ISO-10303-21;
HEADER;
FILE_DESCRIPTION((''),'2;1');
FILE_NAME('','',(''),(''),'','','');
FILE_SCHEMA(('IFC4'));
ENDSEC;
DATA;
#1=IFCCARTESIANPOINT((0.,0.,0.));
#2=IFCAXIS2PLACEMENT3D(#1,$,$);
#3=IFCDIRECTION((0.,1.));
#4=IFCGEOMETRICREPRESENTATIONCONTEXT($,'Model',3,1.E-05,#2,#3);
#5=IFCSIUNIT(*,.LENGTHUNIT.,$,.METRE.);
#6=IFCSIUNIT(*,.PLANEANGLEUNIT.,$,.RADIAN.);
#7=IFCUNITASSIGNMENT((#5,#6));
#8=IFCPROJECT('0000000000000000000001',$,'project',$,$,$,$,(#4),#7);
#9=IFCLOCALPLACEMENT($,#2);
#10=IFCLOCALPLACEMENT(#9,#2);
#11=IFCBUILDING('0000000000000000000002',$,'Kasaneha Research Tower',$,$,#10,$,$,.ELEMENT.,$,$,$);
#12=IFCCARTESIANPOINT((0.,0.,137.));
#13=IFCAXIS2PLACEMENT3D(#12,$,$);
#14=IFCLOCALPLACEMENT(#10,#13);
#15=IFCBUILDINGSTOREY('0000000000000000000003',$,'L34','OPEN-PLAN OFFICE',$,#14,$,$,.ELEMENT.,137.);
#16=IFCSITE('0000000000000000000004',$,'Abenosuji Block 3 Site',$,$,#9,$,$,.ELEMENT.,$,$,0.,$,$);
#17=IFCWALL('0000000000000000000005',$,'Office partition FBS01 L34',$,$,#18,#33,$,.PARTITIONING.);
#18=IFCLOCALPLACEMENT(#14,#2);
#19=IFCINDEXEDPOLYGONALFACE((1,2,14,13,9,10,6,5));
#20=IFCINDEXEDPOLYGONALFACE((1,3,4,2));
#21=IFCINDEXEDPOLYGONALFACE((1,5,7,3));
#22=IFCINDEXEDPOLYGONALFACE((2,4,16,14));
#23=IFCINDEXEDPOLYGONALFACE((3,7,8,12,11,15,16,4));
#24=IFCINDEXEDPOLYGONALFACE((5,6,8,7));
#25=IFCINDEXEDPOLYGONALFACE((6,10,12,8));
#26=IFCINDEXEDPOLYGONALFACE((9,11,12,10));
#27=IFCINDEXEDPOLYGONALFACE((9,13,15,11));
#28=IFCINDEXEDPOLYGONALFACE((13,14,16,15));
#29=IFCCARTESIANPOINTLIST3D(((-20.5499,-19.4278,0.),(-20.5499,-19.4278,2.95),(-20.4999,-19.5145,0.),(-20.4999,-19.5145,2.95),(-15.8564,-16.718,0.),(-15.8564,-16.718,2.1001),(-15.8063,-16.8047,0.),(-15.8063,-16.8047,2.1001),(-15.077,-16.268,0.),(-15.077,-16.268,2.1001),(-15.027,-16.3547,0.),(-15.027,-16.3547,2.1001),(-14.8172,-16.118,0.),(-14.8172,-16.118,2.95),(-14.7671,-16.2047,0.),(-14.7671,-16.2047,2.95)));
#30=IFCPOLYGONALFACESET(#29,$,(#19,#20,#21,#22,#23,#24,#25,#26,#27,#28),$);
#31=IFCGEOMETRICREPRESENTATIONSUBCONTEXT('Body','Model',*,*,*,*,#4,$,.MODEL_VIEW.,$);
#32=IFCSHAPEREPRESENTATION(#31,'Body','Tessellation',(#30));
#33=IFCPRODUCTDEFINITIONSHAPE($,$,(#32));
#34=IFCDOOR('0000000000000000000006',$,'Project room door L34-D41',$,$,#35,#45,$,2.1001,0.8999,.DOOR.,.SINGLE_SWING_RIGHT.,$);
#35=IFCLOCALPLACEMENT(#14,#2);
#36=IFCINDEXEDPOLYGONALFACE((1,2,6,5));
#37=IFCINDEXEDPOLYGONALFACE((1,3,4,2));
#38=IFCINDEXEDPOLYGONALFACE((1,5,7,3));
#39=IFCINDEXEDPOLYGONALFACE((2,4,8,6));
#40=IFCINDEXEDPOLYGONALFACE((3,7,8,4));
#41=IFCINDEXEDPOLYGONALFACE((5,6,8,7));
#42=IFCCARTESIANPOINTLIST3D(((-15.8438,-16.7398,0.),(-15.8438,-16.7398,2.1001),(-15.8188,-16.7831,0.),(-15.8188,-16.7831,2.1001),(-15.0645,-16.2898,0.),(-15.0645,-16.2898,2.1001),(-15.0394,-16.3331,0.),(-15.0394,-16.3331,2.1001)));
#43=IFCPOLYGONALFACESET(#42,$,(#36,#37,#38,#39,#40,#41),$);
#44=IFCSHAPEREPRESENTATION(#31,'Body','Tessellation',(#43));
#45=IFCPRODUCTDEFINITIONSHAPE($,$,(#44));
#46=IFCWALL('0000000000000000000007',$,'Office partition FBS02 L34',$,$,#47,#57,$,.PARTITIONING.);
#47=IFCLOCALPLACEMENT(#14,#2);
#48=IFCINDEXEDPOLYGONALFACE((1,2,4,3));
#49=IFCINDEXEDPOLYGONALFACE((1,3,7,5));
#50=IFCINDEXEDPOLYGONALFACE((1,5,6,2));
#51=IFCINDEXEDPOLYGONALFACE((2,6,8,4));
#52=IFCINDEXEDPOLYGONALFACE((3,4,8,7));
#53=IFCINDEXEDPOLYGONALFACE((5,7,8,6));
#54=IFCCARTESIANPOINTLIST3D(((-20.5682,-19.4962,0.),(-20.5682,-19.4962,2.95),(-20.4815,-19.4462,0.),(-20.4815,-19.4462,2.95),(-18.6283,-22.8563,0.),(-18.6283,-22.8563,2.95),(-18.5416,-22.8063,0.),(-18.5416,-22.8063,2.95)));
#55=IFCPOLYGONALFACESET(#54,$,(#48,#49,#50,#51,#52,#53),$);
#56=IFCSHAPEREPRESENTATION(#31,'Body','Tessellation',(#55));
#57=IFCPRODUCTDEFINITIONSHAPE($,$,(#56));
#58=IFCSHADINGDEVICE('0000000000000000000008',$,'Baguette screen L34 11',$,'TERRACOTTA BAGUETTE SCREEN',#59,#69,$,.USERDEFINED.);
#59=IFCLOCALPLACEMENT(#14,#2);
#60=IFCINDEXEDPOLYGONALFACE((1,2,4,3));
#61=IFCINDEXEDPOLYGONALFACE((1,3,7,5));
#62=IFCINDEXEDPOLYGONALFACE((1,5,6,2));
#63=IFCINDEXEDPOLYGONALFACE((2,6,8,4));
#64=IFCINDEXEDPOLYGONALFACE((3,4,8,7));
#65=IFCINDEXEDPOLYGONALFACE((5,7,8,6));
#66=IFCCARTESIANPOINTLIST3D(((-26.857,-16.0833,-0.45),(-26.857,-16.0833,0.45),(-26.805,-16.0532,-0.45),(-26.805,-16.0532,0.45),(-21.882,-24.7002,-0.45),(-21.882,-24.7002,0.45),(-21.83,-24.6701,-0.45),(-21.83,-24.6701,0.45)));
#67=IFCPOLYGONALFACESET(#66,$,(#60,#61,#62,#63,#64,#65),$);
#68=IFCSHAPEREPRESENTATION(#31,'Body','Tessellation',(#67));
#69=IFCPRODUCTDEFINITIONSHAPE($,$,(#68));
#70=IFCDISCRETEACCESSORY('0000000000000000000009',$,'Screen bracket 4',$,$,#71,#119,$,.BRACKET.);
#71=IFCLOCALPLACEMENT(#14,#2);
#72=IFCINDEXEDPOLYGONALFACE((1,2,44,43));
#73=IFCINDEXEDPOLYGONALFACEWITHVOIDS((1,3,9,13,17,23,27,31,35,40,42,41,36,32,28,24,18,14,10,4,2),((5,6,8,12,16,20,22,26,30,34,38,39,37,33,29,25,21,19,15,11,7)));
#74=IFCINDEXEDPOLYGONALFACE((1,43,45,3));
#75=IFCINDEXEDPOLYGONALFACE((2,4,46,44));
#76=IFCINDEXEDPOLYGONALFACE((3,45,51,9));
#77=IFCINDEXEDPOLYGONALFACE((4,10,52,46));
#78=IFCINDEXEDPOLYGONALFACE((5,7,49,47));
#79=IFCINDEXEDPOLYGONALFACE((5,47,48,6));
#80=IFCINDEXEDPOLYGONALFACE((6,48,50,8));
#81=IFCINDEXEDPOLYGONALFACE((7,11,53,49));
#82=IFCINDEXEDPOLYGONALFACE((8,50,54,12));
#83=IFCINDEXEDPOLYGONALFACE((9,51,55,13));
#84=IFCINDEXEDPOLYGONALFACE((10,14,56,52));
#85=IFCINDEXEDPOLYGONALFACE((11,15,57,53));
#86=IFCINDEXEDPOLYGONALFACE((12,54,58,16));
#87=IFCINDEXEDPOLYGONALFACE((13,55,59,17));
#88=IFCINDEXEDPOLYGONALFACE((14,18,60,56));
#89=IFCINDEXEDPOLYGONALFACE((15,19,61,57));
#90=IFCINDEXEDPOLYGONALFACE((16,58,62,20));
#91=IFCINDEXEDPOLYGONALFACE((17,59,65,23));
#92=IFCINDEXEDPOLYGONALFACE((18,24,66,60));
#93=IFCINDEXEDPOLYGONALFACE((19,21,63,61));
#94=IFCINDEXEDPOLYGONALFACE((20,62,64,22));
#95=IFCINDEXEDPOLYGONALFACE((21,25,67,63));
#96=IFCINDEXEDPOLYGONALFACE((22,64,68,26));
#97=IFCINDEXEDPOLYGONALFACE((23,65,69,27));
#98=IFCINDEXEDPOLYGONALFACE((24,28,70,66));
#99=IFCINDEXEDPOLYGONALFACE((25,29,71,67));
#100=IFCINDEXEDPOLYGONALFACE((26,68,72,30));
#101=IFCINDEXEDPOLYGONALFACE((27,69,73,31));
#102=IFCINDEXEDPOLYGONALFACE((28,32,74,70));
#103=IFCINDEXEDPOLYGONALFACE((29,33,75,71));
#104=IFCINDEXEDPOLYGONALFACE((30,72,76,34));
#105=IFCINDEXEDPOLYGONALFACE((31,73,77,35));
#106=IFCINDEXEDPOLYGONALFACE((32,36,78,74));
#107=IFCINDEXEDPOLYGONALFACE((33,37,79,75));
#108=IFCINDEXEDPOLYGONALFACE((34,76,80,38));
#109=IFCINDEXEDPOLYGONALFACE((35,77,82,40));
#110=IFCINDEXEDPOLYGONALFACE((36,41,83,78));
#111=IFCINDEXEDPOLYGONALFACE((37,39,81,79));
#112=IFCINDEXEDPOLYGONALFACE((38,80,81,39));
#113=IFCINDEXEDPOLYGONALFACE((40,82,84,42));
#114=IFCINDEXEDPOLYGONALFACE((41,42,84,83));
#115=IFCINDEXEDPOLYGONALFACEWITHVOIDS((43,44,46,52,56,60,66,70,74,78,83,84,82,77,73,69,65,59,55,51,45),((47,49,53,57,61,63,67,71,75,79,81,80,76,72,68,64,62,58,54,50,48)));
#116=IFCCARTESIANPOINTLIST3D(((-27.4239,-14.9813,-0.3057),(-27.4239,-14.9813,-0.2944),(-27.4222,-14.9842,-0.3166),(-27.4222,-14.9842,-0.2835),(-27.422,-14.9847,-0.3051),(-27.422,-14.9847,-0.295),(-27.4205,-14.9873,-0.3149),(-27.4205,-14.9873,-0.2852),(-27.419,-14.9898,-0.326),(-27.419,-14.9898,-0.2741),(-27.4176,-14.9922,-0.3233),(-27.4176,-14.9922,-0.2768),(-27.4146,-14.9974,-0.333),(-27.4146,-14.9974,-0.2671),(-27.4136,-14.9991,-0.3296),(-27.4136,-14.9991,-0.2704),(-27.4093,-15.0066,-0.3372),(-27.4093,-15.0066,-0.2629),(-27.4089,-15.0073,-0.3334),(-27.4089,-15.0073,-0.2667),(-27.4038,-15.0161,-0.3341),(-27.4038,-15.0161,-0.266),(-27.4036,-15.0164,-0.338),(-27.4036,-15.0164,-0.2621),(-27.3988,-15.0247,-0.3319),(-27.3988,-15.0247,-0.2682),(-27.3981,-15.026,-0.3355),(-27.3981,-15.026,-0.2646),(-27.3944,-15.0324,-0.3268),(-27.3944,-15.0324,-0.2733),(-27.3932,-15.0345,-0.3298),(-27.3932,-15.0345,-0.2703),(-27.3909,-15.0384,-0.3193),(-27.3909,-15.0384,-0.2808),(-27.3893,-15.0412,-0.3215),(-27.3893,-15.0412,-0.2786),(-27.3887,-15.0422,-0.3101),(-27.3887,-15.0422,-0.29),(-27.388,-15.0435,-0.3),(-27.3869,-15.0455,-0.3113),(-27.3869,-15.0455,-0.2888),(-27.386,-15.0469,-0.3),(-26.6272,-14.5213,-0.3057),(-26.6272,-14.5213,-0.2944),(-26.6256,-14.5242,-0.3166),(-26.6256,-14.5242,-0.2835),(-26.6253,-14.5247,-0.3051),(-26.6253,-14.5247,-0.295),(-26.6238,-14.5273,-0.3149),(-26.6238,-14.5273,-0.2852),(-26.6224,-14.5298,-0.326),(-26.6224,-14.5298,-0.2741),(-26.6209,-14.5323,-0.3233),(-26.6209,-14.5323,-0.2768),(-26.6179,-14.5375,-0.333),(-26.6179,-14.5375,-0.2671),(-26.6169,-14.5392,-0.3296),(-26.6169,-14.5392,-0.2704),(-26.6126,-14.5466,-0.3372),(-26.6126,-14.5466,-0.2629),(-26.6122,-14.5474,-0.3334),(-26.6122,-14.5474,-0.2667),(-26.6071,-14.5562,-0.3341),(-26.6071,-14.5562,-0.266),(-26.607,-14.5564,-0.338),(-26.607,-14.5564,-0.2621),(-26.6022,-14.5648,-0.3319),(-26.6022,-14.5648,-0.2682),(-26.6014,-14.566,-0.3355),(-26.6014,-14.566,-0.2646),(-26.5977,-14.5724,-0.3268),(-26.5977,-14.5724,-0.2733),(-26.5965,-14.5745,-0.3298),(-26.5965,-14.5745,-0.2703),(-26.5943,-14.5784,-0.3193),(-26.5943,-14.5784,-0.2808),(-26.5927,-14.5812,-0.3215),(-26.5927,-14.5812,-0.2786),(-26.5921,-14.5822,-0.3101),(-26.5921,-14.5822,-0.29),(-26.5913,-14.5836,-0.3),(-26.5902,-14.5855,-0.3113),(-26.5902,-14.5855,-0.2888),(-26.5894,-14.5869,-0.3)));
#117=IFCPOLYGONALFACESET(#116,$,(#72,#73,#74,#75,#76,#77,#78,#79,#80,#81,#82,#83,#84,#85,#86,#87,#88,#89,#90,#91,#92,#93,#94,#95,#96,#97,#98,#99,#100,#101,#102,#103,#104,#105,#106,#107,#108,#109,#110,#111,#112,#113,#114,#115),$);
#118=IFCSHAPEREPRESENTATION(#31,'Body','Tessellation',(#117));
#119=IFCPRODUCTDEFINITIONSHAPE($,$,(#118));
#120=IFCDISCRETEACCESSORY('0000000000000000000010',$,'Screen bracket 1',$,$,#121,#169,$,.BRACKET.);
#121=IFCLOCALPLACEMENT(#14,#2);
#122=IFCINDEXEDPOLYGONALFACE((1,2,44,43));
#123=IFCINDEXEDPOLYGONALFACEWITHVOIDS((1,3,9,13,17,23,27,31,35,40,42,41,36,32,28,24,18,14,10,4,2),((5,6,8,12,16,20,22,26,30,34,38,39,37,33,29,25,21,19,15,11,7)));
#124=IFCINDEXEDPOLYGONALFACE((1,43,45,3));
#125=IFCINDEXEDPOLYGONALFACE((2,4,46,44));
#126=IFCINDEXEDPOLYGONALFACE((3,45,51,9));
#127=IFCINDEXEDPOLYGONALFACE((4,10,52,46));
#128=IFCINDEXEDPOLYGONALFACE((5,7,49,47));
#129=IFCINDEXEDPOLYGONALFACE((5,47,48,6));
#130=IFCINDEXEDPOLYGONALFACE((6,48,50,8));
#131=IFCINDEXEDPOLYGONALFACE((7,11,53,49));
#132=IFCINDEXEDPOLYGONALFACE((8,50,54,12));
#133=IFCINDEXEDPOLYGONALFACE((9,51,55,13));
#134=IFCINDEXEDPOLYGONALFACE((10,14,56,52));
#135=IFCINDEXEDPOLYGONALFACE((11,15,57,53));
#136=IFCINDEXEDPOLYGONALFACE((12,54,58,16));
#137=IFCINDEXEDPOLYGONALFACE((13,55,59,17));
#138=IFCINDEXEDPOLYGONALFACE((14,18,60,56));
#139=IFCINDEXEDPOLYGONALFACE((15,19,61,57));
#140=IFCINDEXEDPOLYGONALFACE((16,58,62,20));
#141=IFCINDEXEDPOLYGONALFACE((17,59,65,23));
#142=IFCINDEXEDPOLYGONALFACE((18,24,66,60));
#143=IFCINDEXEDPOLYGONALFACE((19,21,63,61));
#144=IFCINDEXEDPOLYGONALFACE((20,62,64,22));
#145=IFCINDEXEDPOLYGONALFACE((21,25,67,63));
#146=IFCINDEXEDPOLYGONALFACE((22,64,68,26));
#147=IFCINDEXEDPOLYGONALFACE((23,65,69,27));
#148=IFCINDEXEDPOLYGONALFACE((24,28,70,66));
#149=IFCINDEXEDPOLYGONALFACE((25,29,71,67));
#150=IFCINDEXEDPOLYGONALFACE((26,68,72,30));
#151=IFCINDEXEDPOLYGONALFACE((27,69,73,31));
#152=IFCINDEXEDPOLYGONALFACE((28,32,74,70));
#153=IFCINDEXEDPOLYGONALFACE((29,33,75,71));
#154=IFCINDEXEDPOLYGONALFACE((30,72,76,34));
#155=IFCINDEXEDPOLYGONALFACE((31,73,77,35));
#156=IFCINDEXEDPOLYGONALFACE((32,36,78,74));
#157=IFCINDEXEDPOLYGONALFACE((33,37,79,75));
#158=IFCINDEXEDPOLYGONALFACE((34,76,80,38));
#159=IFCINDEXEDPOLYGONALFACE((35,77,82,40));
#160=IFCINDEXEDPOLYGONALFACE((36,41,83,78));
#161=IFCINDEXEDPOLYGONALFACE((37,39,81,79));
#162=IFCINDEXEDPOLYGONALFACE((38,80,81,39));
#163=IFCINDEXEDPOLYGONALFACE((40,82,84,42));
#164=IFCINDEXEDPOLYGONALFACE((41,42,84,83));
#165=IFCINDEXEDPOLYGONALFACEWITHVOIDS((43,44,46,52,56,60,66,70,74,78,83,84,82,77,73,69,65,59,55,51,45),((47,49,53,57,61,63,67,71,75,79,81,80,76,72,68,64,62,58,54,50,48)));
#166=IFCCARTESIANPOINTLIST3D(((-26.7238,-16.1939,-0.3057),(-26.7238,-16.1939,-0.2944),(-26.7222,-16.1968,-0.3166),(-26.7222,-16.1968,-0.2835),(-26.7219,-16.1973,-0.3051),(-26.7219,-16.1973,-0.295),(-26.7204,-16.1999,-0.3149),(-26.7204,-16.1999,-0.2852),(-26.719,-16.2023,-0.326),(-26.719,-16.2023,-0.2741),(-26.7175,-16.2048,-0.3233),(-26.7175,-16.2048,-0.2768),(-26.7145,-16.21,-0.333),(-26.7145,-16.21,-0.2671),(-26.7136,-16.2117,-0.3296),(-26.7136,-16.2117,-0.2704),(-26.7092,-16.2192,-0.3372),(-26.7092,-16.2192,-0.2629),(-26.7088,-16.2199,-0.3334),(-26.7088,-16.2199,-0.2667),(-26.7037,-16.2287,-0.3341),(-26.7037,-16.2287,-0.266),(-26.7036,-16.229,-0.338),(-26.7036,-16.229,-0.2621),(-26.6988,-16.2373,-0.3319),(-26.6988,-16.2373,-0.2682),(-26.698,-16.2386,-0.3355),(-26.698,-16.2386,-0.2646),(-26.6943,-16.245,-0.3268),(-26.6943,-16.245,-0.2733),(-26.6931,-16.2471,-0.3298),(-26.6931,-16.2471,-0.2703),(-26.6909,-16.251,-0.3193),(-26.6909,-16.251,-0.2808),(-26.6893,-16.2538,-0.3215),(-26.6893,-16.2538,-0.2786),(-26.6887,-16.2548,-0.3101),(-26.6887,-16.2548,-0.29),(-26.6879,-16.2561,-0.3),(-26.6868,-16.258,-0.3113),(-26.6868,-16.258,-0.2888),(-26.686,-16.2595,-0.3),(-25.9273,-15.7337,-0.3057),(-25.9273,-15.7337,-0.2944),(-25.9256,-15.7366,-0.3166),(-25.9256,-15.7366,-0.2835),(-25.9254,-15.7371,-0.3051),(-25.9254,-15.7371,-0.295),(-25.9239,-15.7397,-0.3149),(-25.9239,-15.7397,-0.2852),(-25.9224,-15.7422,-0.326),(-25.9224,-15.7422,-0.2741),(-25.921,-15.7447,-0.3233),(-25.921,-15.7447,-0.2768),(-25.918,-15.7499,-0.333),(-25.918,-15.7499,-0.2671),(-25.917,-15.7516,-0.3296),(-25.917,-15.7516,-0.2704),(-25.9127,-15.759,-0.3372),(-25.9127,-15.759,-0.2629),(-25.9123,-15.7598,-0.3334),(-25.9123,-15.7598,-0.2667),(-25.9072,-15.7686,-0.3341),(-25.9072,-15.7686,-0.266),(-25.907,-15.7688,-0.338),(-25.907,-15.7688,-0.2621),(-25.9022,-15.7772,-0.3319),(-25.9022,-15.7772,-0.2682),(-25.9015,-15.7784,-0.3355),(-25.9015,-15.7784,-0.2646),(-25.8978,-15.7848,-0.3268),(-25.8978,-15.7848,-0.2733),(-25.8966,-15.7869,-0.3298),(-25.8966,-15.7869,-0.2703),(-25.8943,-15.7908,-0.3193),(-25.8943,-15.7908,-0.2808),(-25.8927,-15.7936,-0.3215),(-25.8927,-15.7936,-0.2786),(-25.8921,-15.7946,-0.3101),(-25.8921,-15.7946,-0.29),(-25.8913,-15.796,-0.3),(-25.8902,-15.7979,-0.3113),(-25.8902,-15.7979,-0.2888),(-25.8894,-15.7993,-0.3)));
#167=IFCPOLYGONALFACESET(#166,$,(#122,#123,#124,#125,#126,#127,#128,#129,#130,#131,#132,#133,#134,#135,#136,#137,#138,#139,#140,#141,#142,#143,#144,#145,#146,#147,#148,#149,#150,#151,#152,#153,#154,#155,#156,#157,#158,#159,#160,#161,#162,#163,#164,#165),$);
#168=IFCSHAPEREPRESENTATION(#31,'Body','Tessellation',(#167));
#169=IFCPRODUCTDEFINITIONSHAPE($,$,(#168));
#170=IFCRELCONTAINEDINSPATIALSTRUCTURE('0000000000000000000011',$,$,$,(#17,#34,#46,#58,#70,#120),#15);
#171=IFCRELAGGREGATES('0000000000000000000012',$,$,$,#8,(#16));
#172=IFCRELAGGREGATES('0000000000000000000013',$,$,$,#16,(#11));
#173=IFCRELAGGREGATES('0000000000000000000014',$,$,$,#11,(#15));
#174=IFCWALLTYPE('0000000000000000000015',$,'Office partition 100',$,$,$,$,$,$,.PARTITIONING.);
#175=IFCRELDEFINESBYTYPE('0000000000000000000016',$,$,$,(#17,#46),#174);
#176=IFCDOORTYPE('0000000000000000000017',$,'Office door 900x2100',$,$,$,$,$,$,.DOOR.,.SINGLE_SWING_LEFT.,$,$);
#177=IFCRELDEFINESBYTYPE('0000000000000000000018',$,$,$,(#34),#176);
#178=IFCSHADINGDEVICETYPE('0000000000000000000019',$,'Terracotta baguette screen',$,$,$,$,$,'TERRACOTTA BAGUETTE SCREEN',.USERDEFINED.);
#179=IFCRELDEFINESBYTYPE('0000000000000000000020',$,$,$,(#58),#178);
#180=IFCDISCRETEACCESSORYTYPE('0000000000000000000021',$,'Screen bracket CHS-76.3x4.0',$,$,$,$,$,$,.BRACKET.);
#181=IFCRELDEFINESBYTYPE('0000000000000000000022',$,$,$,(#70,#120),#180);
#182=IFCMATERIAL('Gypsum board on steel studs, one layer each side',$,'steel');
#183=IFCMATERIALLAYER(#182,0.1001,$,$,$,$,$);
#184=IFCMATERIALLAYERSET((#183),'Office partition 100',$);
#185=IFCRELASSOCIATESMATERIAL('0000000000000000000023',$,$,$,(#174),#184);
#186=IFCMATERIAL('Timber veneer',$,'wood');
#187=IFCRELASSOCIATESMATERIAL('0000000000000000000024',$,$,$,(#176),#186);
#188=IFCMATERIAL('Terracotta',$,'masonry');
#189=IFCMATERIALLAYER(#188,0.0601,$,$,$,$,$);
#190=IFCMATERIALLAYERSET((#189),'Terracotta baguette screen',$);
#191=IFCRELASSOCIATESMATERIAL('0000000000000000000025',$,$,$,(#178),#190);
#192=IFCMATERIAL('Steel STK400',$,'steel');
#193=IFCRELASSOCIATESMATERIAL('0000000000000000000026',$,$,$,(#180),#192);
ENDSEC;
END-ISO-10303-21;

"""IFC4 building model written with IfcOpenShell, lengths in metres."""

from ifc_helpers import new_model, si_unit, direction, frame, frame_2d, origin, origin_2d, place, context, subcontext, project, spatial, rectangle, hollow_circle, extrude, material, layer, layer_set, material_profile, profile_set, type_object, element, fill, save


model = new_model("IFC4")

# Units and contexts
model_context = context("Model", 3, precision=1e-05, world=origin(), true_north=direction((0.0, 1.0)))
body_context = subcontext(model_context, "Body", "Model", "MODEL_VIEW")
ifc_project = project(units=[si_unit("LENGTHUNIT", "METRE"), si_unit("PLANEANGLEUNIT", "RADIAN")], contexts=[model_context])

# Site, building, storey
site_placement = place(None, origin())
site = spatial("IfcSite", under=ifc_project, at=site_placement, Name="Abenosuji Block 3 Site", CompositionType="ELEMENT", RefElevation=0.0)
building_placement = place(site_placement, origin())
building = spatial("IfcBuilding", under=site, at=building_placement, Name="Kasaneha Research Tower", CompositionType="ELEMENT")
storey_placement = place(building_placement, frame((0.0, 0.0, 137.0)))
storey = spatial("IfcBuildingStorey", under=building, at=storey_placement, Name="L34", Description="OPEN-PLAN OFFICE", CompositionType="ELEMENT", Elevation=137.0)

# Wall, opening, door
ifc_material_1 = material(Name="Gypsum board on steel studs, one layer each side", Category="steel")
ifc_layer_1 = layer(ifc_material_1, 0.1001)
ifc_layer_set_1 = layer_set([ifc_layer_1], Name="Office partition 100")
wall_type = type_object("IfcWallType", Name="Office partition 100", PredefinedType="PARTITIONING", material=ifc_layer_set_1)
wall_1_placement = place(storey_placement, frame((-20.5249, -19.4712, 0.0), z_axis=(0.0, 0.0, 1.0), x_axis=(0.866022, 0.500007, 0.0)))
wall_1 = element("IfcWall", 1, at=wall_1_placement, inside=storey, type_object=wall_type, Name="Office partition FBS01 L34", PredefinedType="PARTITIONING", context=body_context, shape_type="SweptSolid", body=[
    extrude(rectangle(XDim=6.6196, YDim=0.1001, at=frame_2d((3.3098, 0.0))), origin(), (0.0, 0.0, 1.0), 2.95),
])
opening_placement = place(wall_1_placement, frame((5.4197, 0.0, 0.0)))
opening = element("IfcOpeningElement", 2, at=opening_placement, cuts=wall_1, PredefinedType="OPENING", context=body_context, shape_type="SweptSolid", body=[
    extrude(rectangle(XDim=0.8999, YDim=2.1001, at=frame_2d((0.45, 1.05))), frame((0.0, 0.0601, 0.0), z_axis=(0.0, -1.0, 0.0), x_axis=(1.0, 0.0, 0.0)), (0.0, 0.0, 1.0), 0.1201),
])
ifc_material_2 = material(Name="Timber veneer", Category="wood")
door_type = type_object("IfcDoorType", Name="Office door 900x2100", OperationType="SINGLE_SWING_LEFT", PredefinedType="DOOR", material=ifc_material_2)
door_placement = place(opening_placement, origin())
door = element("IfcDoor", 3, at=door_placement, inside=storey, type_object=door_type, Name="Project room door L34-D41", OperationType="SINGLE_SWING_RIGHT", OverallHeight=2.1001, OverallWidth=0.8999, PredefinedType="DOOR", context=body_context, shape_type="SweptSolid", body=[
    extrude(rectangle(XDim=0.8999, YDim=2.1001, at=frame_2d((0.45, 1.05))), frame((0.0, 0.0249, 0.0), z_axis=(0.0, -1.0, 0.0), x_axis=(1.0, 0.0, 0.0)), (0.0, 0.0, 1.0), 0.05),
])
fill(opening, door)

# Wall
wall_2_placement = place(storey_placement, frame((-18.585, -22.8313, 0.0), z_axis=(0.0, 0.0, 1.0), x_axis=(-0.499997, 0.866027, 0.0)))
element("IfcWall", 4, at=wall_2_placement, inside=storey, type_object=wall_type, Name="Office partition FBS02 L34", PredefinedType="PARTITIONING", context=body_context, shape_type="SweptSolid", body=[
    extrude(rectangle(XDim=3.8799, YDim=0.1001, at=frame_2d((1.9399, 0.0))), origin(), (0.0, 0.0, 1.0), 2.95),
])

# Shading device
ifc_material_3 = material(Name="Terracotta", Category="masonry")
ifc_layer_2 = layer(ifc_material_3, 0.0601)
ifc_layer_set_2 = layer_set([ifc_layer_2], Name="Terracotta baguette screen")
shading_device_type = type_object("IfcShadingDeviceType", Name="Terracotta baguette screen", ElementType="TERRACOTTA BAGUETTE SCREEN", PredefinedType="USERDEFINED", material=ifc_layer_set_2)
shading_device_placement = place(storey_placement, frame((-24.3435, -20.3767, -0.45), z_axis=(0.0, 0.0, 1.0), x_axis=(0.5, -0.866025, 0.0)))
element("IfcShadingDevice", 5, at=shading_device_placement, inside=storey, type_object=shading_device_type, Name="Baguette screen L34 11", ObjectType="TERRACOTTA BAGUETTE SCREEN", PredefinedType="USERDEFINED", context=body_context, shape_type="SweptSolid", body=[
    extrude(rectangle(XDim=9.95, YDim=0.0601, at=origin_2d()), origin(), (0.0, 0.0, 1.0), 0.8999),
])

# Discrete accessories
ifc_material_4 = material(Name="Steel STK400", Category="steel")
ifc_material_profile_1 = material_profile(ifc_material_4, hollow_circle(Radius=0.0381, WallThickness=0.0039, at=origin_2d()), Name="CHS-76.3x4.0")
ifc_profile_set_1 = profile_set([ifc_material_profile_1], Name="Steel STK400")
discrete_accessory_type = type_object("IfcDiscreteAccessoryType", Name="Screen bracket CHS-76.3x4.0", PredefinedType="BRACKET", material=ifc_profile_set_1)
for number, where, z_axis, x_axis, name in (
    (6, (-26.6084, -14.554, -0.3), (-0.866013, -0.500021, 0.0), (0.500021, -0.866013, 0.0), "Screen bracket 4"),
    (7, (-25.9084, -15.7664, -0.3), (-0.865898, -0.50022, 0.0), (0.50022, -0.865898, 0.0), "Screen bracket 1"),
):
    element("IfcDiscreteAccessory", number, at=place(storey_placement, frame(where, z_axis=z_axis, x_axis=x_axis)), inside=storey, type_object=discrete_accessory_type, Name=name, PredefinedType="BRACKET", context=body_context, shape_type="SweptSolid", body=[
        extrude(hollow_circle(Radius=0.0381, WallThickness=0.0039, at=origin_2d()), origin(), (0.0, 0.0, 1.0), 0.9199),
    ])

save(model, "model.ifc")
